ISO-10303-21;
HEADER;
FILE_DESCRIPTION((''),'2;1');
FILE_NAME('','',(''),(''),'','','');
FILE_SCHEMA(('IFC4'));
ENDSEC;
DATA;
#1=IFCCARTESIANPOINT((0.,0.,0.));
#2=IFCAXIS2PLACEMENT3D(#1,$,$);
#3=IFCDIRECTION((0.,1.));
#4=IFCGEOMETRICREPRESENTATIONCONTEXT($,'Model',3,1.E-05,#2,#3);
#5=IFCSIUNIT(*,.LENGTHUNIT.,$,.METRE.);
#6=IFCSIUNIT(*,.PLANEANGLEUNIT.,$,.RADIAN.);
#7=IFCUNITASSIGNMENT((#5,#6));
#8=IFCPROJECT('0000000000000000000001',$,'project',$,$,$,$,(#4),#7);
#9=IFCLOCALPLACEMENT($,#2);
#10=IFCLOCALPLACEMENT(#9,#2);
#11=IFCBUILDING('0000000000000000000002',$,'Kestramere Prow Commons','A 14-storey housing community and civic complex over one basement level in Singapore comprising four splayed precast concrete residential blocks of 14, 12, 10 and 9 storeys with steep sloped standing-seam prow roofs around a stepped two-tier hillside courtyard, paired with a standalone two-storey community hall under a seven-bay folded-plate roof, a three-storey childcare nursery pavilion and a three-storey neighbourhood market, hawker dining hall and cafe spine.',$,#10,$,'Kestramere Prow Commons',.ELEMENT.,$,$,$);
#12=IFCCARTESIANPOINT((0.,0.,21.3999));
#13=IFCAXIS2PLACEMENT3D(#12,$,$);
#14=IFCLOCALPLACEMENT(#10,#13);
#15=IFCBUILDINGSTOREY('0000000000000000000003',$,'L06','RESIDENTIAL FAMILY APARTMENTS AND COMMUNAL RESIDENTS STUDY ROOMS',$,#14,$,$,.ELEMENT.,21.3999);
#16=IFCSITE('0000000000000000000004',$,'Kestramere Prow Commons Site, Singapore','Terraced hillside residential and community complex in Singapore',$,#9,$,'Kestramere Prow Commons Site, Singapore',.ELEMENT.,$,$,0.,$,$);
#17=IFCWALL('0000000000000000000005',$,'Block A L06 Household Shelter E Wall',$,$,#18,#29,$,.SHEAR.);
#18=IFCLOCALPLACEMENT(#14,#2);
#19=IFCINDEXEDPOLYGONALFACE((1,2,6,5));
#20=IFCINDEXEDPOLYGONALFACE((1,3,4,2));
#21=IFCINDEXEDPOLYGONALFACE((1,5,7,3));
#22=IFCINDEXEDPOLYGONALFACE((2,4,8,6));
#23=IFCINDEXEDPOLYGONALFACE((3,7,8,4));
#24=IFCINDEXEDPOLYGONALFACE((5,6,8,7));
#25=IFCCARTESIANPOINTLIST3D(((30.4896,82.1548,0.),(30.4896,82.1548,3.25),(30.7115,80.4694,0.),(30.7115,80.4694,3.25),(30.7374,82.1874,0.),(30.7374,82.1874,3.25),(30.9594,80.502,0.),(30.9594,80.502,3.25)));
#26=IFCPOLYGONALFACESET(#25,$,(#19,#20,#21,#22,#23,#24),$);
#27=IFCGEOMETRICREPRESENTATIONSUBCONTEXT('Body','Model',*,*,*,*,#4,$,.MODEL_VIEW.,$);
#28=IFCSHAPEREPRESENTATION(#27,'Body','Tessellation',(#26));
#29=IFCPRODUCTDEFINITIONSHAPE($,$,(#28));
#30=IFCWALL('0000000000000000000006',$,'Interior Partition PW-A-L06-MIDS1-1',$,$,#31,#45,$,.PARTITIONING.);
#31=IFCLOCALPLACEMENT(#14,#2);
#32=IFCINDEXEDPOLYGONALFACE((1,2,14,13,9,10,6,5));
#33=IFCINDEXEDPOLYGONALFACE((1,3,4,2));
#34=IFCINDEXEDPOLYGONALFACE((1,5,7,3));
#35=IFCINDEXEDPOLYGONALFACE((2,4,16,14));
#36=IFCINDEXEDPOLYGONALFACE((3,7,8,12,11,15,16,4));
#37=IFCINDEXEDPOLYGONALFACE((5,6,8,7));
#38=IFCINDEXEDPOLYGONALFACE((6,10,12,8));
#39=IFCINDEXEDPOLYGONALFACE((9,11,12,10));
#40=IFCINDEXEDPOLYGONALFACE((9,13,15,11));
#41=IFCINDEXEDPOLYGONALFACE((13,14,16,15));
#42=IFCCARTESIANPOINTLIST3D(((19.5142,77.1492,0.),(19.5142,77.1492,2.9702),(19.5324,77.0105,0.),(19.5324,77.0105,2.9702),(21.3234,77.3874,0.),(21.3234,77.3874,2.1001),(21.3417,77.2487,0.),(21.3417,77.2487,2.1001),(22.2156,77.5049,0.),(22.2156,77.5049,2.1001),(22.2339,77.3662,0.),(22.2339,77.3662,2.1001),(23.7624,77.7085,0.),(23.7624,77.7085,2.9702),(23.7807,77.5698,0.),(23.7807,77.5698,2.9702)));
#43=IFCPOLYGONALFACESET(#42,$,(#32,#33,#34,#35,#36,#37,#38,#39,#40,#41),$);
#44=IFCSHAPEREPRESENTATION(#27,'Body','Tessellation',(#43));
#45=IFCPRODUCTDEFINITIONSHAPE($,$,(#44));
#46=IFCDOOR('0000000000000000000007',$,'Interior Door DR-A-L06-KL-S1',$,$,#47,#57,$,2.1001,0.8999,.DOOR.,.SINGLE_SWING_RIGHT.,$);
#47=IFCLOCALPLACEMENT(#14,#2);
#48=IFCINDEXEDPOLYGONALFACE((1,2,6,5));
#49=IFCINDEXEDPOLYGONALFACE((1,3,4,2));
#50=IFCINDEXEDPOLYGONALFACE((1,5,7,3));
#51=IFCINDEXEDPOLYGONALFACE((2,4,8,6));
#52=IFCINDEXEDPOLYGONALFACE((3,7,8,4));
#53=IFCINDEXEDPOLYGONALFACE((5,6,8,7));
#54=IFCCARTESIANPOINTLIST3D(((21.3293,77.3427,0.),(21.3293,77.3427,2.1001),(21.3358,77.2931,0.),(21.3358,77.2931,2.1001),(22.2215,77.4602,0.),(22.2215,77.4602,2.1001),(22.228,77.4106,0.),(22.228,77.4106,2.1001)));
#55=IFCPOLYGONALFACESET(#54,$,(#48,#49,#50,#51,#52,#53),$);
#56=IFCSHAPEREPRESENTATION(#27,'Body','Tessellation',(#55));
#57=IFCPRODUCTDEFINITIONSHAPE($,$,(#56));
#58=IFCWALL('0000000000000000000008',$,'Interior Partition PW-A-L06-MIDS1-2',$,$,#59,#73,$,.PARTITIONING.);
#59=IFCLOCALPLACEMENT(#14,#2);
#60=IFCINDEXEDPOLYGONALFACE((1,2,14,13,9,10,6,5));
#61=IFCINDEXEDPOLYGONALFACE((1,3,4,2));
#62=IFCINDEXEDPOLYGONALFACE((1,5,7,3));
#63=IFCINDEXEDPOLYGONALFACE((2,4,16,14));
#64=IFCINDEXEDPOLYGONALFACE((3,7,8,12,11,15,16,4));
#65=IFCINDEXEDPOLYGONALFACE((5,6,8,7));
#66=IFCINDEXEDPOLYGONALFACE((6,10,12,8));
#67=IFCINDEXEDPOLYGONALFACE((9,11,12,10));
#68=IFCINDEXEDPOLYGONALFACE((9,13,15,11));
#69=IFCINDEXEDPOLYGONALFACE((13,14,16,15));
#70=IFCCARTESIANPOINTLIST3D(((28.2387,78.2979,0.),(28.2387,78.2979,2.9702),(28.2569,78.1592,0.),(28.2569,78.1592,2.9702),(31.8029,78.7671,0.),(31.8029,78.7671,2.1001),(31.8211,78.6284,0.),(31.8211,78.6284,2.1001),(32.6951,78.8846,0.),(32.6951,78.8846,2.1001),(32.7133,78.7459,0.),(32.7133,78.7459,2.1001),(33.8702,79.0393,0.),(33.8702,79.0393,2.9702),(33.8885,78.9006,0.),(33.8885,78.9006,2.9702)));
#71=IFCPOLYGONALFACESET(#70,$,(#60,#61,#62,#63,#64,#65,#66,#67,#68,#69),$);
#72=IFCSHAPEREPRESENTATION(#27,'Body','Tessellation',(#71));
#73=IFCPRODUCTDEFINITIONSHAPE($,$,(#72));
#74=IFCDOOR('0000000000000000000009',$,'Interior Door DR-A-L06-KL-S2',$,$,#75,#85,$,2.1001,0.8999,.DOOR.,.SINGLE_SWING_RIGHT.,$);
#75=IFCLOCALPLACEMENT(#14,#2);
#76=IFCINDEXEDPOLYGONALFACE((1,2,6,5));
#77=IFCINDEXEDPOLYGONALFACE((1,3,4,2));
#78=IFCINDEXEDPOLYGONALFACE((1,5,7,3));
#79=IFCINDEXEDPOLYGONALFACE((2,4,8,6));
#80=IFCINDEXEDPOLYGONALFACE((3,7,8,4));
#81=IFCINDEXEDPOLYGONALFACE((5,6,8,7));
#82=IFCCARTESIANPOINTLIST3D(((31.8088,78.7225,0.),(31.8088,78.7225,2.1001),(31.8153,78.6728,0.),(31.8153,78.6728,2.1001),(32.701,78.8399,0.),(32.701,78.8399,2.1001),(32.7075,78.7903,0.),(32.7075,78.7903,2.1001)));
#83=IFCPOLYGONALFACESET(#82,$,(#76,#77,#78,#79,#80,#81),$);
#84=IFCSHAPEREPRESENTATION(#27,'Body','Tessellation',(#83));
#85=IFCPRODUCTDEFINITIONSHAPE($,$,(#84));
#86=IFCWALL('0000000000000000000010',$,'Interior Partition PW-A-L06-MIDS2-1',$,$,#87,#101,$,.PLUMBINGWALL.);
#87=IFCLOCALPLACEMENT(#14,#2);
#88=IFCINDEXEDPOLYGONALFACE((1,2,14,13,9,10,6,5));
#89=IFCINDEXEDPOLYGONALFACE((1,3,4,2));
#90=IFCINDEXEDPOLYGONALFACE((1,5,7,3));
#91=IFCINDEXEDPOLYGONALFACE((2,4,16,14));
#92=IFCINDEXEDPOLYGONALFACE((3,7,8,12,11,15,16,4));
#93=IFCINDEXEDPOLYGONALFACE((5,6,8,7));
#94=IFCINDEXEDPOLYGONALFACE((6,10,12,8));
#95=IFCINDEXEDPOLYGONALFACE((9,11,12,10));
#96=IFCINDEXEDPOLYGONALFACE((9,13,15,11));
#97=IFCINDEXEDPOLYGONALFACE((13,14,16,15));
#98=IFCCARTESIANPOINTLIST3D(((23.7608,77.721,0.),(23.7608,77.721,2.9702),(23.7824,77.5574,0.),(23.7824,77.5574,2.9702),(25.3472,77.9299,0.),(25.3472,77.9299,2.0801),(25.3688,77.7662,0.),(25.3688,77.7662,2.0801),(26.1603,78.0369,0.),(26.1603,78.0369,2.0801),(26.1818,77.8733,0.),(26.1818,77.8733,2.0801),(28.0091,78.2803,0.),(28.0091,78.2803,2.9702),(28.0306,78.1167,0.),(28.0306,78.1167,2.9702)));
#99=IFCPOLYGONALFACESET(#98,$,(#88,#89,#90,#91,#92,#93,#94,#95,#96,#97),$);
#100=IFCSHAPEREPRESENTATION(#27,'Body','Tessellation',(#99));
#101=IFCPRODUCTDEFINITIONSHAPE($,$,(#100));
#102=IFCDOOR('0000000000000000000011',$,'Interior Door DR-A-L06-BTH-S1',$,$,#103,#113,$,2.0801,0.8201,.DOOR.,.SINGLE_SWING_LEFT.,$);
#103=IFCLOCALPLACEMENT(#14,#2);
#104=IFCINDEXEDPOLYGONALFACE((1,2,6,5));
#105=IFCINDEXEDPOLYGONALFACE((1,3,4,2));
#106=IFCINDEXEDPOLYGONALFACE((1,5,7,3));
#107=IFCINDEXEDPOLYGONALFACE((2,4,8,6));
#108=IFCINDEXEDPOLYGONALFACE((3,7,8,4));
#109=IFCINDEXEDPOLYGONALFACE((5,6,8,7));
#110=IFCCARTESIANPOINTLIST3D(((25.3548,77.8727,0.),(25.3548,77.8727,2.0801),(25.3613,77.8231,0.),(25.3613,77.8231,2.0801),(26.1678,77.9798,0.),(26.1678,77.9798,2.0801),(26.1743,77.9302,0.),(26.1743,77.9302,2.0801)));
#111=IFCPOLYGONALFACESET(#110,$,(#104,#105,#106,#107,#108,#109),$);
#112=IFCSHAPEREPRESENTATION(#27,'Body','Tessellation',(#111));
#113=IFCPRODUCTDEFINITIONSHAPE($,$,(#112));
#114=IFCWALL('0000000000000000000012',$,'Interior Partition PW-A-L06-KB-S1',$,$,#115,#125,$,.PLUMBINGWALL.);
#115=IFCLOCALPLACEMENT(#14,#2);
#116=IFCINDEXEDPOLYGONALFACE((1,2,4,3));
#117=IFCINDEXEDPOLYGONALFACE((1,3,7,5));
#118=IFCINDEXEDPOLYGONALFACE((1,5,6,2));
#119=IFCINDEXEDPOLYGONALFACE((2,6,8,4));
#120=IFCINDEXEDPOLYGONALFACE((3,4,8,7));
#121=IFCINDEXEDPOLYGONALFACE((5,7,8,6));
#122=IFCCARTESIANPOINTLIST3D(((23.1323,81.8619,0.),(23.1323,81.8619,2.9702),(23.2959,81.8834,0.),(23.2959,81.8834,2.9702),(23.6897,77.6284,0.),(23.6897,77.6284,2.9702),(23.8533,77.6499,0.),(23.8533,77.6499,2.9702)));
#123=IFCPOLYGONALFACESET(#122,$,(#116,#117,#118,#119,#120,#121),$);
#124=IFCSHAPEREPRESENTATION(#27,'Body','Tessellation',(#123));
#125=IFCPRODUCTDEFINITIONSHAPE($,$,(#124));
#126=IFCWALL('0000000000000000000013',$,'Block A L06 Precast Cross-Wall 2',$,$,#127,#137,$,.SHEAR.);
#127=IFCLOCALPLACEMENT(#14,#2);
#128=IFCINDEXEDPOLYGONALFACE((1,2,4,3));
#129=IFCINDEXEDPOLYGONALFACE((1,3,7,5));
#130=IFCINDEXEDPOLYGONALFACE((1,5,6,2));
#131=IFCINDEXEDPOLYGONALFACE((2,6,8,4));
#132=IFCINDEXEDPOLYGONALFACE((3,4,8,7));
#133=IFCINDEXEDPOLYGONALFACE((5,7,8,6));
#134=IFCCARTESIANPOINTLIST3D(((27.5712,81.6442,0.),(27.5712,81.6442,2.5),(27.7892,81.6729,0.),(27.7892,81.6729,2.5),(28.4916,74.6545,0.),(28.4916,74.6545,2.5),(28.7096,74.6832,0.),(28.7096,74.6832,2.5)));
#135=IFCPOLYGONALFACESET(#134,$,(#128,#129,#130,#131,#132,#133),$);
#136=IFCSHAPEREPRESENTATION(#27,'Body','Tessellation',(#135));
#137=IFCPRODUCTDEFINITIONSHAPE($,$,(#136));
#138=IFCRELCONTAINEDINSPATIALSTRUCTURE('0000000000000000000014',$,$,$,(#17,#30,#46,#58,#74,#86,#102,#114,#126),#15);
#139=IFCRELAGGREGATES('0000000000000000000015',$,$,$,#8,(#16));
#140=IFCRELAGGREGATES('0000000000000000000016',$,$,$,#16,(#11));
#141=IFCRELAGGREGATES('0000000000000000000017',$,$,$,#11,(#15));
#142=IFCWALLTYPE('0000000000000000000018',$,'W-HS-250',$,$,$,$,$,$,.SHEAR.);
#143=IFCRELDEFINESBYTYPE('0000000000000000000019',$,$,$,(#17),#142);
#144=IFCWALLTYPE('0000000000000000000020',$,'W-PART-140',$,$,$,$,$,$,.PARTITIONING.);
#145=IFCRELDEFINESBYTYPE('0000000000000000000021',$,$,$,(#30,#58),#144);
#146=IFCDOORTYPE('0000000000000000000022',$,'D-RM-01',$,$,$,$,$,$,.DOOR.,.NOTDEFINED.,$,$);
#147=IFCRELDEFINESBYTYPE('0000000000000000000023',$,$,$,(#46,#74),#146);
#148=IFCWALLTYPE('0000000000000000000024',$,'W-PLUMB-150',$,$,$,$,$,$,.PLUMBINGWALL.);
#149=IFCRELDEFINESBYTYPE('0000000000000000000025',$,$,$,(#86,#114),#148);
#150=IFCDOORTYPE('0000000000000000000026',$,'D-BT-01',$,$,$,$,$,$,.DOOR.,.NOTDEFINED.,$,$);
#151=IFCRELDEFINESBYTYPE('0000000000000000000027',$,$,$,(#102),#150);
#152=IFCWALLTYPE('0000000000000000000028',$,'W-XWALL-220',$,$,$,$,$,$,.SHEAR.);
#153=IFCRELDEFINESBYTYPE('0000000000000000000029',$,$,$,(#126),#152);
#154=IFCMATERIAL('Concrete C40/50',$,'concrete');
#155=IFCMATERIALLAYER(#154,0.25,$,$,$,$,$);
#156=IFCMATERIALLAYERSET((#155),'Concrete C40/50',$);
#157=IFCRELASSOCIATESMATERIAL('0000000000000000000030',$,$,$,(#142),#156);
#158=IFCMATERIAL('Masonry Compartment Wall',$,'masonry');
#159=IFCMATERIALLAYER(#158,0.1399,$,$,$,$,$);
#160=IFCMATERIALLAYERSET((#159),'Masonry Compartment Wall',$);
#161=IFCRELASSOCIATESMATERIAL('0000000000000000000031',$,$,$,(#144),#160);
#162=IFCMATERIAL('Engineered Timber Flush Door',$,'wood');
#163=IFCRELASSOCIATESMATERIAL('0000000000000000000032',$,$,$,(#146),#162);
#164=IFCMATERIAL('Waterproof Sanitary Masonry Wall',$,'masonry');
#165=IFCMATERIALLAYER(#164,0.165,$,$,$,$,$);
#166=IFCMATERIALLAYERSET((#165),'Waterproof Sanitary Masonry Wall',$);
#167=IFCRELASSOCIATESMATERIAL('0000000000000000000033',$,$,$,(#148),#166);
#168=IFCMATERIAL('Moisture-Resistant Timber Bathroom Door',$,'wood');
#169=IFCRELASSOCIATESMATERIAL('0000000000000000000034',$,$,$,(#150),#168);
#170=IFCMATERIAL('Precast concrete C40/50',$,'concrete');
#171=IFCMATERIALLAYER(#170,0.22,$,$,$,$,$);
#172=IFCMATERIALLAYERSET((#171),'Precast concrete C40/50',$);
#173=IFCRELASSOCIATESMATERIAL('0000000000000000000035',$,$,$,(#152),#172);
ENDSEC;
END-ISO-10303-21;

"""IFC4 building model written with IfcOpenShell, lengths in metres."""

from ifc_helpers import new_model, si_unit, direction, frame, frame_2d, origin, place, context, subcontext, project, spatial, rectangle, extrude, material, layer, layer_set, type_object, element, fill, save


model = new_model("IFC4")

# Units and contexts
model_context = context("Model", 3, precision=1e-05, world=origin(), true_north=direction((0.0, 1.0)))
body_context = subcontext(model_context, "Body", "Model", "MODEL_VIEW")
ifc_project = project(units=[si_unit("LENGTHUNIT", "METRE"), si_unit("PLANEANGLEUNIT", "RADIAN")], contexts=[model_context])

# Site, building, storey
site_placement = place(None, origin())
site = spatial("IfcSite", under=ifc_project, at=site_placement, Name="Kestramere Prow Commons Site, Singapore", Description="Terraced hillside residential and community complex in Singapore", LongName="Kestramere Prow Commons Site, Singapore", CompositionType="ELEMENT", RefElevation=0.0)
building_placement = place(site_placement, origin())
building = spatial("IfcBuilding", under=site, at=building_placement, Name="Kestramere Prow Commons", Description="A 14-storey housing community and civic complex over one basement level in Singapore comprising four splayed precast concrete residential blocks of 14, 12, 10 and 9 storeys with steep sloped standing-seam prow roofs around a stepped two-tier hillside courtyard, paired with a standalone two-storey community hall under a seven-bay folded-plate roof, a three-storey childcare nursery pavilion and a three-storey neighbourhood market, hawker dining hall and cafe spine.", LongName="Kestramere Prow Commons", CompositionType="ELEMENT")
storey_placement = place(building_placement, frame((0.0, 0.0, 21.3999)))
storey = spatial("IfcBuildingStorey", under=building, at=storey_placement, Name="L06", Description="RESIDENTIAL FAMILY APARTMENTS AND COMMUNAL RESIDENTS STUDY ROOMS", CompositionType="ELEMENT", Elevation=21.3999)

# Shared definitions
ifc_material_1 = material(Name="Precast concrete C40/50", Category="concrete")

# Shared definitions
ifc_material_2 = material(Name="Concrete C40/50", Category="concrete")
ifc_layer_1 = layer(ifc_material_2, 0.25)
ifc_layer_set_1 = layer_set([ifc_layer_1], Name="Concrete C40/50")
wall_type_1 = type_object("IfcWallType", Name="W-HS-250", PredefinedType="SHEAR", material=ifc_layer_set_1)

# Wall
wall_1_placement = place(storey_placement, frame((30.8354, 80.4856, 0.0), z_axis=(0.0, 0.0, 1.0), x_axis=(-0.130555, 0.991441, 0.0)))
element("IfcWall", 1, at=wall_1_placement, inside=storey, type_object=wall_type_1, Name="Block A L06 Household Shelter E Wall", PredefinedType="SHEAR", context=body_context, shape_type="SweptSolid", body=[
    extrude(rectangle(XDim=1.7, YDim=0.25, at=frame_2d((0.8501, 0.0))), origin(), (0.0, 0.0, 1.0), 3.25),
])

# Walls, openings, doors
ifc_material_3 = material(Name="Masonry Compartment Wall", Category="masonry")
ifc_layer_2 = layer(ifc_material_3, 0.1399)
ifc_layer_set_2 = layer_set([ifc_layer_2], Name="Masonry Compartment Wall")
wall_type_2 = type_object("IfcWallType", Name="W-PART-140", PredefinedType="PARTITIONING", material=ifc_layer_set_2)
wall_2_placement = place(storey_placement, frame((19.5232, 77.0798, 0.0), z_axis=(0.0, 0.0, 1.0), x_axis=(0.991444, 0.130533, 0.0)))
wall_2 = element("IfcWall", 2, at=wall_2_placement, inside=storey, type_object=wall_type_2, Name="Interior Partition PW-A-L06-MIDS1-1", PredefinedType="PARTITIONING", context=body_context, shape_type="SweptSolid", body=[
    extrude(rectangle(XDim=4.2849, YDim=0.1399, at=frame_2d((2.1426, 0.0))), origin(), (0.0, 0.0, 1.0), 2.9702),
])
opening_1_placement = place(wall_2_placement, frame((1.825, 0.0, 0.0)))
opening_1 = element("IfcOpeningElement", 3, at=opening_1_placement, cuts=wall_2, PredefinedType="OPENING", context=body_context, shape_type="SweptSolid", body=[
    extrude(rectangle(XDim=0.8999, YDim=2.1001, at=frame_2d((0.45, 1.05))), frame((0.0, 0.085, 0.0), z_axis=(0.0, -1.0, 0.0), x_axis=(1.0, 0.0, 0.0)), (0.0, 0.0, 1.0), 0.1699),
])
ifc_material_4 = material(Name="Engineered Timber Flush Door", Category="wood")
door_type_1 = type_object("IfcDoorType", Name="D-RM-01", OperationType="NOTDEFINED", PredefinedType="DOOR", material=ifc_material_4)
door_1_placement = place(opening_1_placement, origin())
door_1 = element("IfcDoor", 4, at=door_1_placement, inside=storey, type_object=door_type_1, Name="Interior Door DR-A-L06-KL-S1", OperationType="SINGLE_SWING_RIGHT", OverallHeight=2.1001, OverallWidth=0.8999, PredefinedType="DOOR", context=body_context, shape_type="SweptSolid", body=[
    extrude(rectangle(XDim=0.8999, YDim=2.1001, at=frame_2d((0.45, 1.05))), frame((0.0, 0.0249, 0.0), z_axis=(0.0, -1.0, 0.0), x_axis=(1.0, 0.0, 0.0)), (0.0, 0.0, 1.0), 0.05),
])
fill(opening_1, door_1)
wall_3_placement = place(storey_placement, frame((28.2478, 78.2285, 0.0), z_axis=(0.0, 0.0, 1.0), x_axis=(0.991444, 0.130533, 0.0)))
wall_3 = element("IfcWall", 5, at=wall_3_placement, inside=storey, type_object=wall_type_2, Name="Interior Partition PW-A-L06-MIDS1-2", PredefinedType="PARTITIONING", context=body_context, shape_type="SweptSolid", body=[
    extrude(rectangle(XDim=5.6802, YDim=0.1399, at=frame_2d((2.8401, 0.0))), origin(), (0.0, 0.0, 1.0), 2.9702),
])
opening_2_placement = place(wall_3_placement, frame((3.595, 0.0, 0.0)))
opening_2 = element("IfcOpeningElement", 6, at=opening_2_placement, cuts=wall_3, PredefinedType="OPENING", context=body_context, shape_type="SweptSolid", body=[
    extrude(rectangle(XDim=0.8999, YDim=2.1001, at=frame_2d((0.45, 1.05))), frame((0.0, 0.085, 0.0), z_axis=(0.0, -1.0, 0.0), x_axis=(1.0, 0.0, 0.0)), (0.0, 0.0, 1.0), 0.1699),
])
door_2_placement = place(opening_2_placement, origin())
door_2 = element("IfcDoor", 7, at=door_2_placement, inside=storey, type_object=door_type_1, Name="Interior Door DR-A-L06-KL-S2", OperationType="SINGLE_SWING_RIGHT", OverallHeight=2.1001, OverallWidth=0.8999, PredefinedType="DOOR", context=body_context, shape_type="SweptSolid", body=[
    extrude(rectangle(XDim=0.8999, YDim=2.1001, at=frame_2d((0.45, 1.05))), frame((0.0, 0.0249, 0.0), z_axis=(0.0, -1.0, 0.0), x_axis=(1.0, 0.0, 0.0)), (0.0, 0.0, 1.0), 0.05),
])
fill(opening_2, door_2)
ifc_material_5 = material(Name="Waterproof Sanitary Masonry Wall", Category="masonry")
ifc_layer_3 = layer(ifc_material_5, 0.165)
ifc_layer_set_3 = layer_set([ifc_layer_3], Name="Waterproof Sanitary Masonry Wall")
wall_type_3 = type_object("IfcWallType", Name="W-PLUMB-150", PredefinedType="PLUMBINGWALL", material=ifc_layer_set_3)
wall_4_placement = place(storey_placement, frame((23.7715, 77.6392, 0.0), z_axis=(0.0, 0.0, 1.0), x_axis=(0.991444, 0.130533, 0.0)))
wall_4 = element("IfcWall", 8, at=wall_4_placement, inside=storey, type_object=wall_type_3, Name="Interior Partition PW-A-L06-MIDS2-1", PredefinedType="PLUMBINGWALL", context=body_context, shape_type="SweptSolid", body=[
    extrude(rectangle(XDim=4.2849, YDim=0.165, at=frame_2d((2.1426, 0.0))), origin(), (0.0, 0.0, 1.0), 2.9702),
])
opening_3_placement = place(wall_4_placement, frame((1.6001, 0.0, 0.0)))
opening_3 = element("IfcOpeningElement", 9, at=opening_3_placement, cuts=wall_4, PredefinedType="OPENING", context=body_context, shape_type="SweptSolid", body=[
    extrude(rectangle(XDim=0.8201, YDim=2.0801, at=frame_2d((0.4102, 1.04))), frame((0.0, 0.0974, 0.0), z_axis=(0.0, -1.0, 0.0), x_axis=(1.0, 0.0, 0.0)), (0.0, 0.0, 1.0), 0.1951),
])
ifc_material_6 = material(Name="Moisture-Resistant Timber Bathroom Door", Category="wood")
door_type_2 = type_object("IfcDoorType", Name="D-BT-01", OperationType="NOTDEFINED", PredefinedType="DOOR", material=ifc_material_6)
door_3_placement = place(opening_3_placement, origin())
door_3 = element("IfcDoor", 10, at=door_3_placement, inside=storey, type_object=door_type_2, Name="Interior Door DR-A-L06-BTH-S1", OperationType="SINGLE_SWING_LEFT", OverallHeight=2.0801, OverallWidth=0.8201, PredefinedType="DOOR", context=body_context, shape_type="SweptSolid", body=[
    extrude(rectangle(XDim=0.8201, YDim=2.0801, at=frame_2d((0.4102, 1.04))), frame((0.0, 0.0249, 0.0), z_axis=(0.0, -1.0, 0.0), x_axis=(1.0, 0.0, 0.0)), (0.0, 0.0, 1.0), 0.05),
])
fill(opening_3, door_3)

# Walls
wall_5_placement = place(storey_placement, frame((23.7715, 77.6392, 0.0), z_axis=(0.0, 0.0, 1.0), x_axis=(-0.130534, 0.991444, 0.0)))
element("IfcWall", 11, at=wall_5_placement, inside=storey, type_object=wall_type_3, Name="Interior Partition PW-A-L06-KB-S1", PredefinedType="PLUMBINGWALL", context=body_context, shape_type="SweptSolid", body=[
    extrude(rectangle(XDim=4.27, YDim=0.165, at=frame_2d((2.135, 0.0))), origin(), (0.0, 0.0, 1.0), 2.9702),
])
ifc_layer_4 = layer(ifc_material_1, 0.22)
ifc_layer_set_4 = layer_set([ifc_layer_4], Name="Precast concrete C40/50")
wall_type_4 = type_object("IfcWallType", Name="W-XWALL-220", PredefinedType="SHEAR", material=ifc_layer_set_4)
wall_6_placement = place(storey_placement, frame((28.6006, 74.6689, 0.0), z_axis=(0.0, 0.0, 1.0), x_axis=(-0.130553, 0.991441, 0.0)))
element("IfcWall", 12, at=wall_6_placement, inside=storey, type_object=wall_type_4, Name="Block A L06 Precast Cross-Wall 2", PredefinedType="SHEAR", context=body_context, shape_type="SweptSolid", body=[
    extrude(rectangle(XDim=7.05, YDim=0.22, at=frame_2d((3.5249, 0.0))), origin(), (0.0, 0.0, 1.0), 2.5),
])

save(model, "model.ifc")
